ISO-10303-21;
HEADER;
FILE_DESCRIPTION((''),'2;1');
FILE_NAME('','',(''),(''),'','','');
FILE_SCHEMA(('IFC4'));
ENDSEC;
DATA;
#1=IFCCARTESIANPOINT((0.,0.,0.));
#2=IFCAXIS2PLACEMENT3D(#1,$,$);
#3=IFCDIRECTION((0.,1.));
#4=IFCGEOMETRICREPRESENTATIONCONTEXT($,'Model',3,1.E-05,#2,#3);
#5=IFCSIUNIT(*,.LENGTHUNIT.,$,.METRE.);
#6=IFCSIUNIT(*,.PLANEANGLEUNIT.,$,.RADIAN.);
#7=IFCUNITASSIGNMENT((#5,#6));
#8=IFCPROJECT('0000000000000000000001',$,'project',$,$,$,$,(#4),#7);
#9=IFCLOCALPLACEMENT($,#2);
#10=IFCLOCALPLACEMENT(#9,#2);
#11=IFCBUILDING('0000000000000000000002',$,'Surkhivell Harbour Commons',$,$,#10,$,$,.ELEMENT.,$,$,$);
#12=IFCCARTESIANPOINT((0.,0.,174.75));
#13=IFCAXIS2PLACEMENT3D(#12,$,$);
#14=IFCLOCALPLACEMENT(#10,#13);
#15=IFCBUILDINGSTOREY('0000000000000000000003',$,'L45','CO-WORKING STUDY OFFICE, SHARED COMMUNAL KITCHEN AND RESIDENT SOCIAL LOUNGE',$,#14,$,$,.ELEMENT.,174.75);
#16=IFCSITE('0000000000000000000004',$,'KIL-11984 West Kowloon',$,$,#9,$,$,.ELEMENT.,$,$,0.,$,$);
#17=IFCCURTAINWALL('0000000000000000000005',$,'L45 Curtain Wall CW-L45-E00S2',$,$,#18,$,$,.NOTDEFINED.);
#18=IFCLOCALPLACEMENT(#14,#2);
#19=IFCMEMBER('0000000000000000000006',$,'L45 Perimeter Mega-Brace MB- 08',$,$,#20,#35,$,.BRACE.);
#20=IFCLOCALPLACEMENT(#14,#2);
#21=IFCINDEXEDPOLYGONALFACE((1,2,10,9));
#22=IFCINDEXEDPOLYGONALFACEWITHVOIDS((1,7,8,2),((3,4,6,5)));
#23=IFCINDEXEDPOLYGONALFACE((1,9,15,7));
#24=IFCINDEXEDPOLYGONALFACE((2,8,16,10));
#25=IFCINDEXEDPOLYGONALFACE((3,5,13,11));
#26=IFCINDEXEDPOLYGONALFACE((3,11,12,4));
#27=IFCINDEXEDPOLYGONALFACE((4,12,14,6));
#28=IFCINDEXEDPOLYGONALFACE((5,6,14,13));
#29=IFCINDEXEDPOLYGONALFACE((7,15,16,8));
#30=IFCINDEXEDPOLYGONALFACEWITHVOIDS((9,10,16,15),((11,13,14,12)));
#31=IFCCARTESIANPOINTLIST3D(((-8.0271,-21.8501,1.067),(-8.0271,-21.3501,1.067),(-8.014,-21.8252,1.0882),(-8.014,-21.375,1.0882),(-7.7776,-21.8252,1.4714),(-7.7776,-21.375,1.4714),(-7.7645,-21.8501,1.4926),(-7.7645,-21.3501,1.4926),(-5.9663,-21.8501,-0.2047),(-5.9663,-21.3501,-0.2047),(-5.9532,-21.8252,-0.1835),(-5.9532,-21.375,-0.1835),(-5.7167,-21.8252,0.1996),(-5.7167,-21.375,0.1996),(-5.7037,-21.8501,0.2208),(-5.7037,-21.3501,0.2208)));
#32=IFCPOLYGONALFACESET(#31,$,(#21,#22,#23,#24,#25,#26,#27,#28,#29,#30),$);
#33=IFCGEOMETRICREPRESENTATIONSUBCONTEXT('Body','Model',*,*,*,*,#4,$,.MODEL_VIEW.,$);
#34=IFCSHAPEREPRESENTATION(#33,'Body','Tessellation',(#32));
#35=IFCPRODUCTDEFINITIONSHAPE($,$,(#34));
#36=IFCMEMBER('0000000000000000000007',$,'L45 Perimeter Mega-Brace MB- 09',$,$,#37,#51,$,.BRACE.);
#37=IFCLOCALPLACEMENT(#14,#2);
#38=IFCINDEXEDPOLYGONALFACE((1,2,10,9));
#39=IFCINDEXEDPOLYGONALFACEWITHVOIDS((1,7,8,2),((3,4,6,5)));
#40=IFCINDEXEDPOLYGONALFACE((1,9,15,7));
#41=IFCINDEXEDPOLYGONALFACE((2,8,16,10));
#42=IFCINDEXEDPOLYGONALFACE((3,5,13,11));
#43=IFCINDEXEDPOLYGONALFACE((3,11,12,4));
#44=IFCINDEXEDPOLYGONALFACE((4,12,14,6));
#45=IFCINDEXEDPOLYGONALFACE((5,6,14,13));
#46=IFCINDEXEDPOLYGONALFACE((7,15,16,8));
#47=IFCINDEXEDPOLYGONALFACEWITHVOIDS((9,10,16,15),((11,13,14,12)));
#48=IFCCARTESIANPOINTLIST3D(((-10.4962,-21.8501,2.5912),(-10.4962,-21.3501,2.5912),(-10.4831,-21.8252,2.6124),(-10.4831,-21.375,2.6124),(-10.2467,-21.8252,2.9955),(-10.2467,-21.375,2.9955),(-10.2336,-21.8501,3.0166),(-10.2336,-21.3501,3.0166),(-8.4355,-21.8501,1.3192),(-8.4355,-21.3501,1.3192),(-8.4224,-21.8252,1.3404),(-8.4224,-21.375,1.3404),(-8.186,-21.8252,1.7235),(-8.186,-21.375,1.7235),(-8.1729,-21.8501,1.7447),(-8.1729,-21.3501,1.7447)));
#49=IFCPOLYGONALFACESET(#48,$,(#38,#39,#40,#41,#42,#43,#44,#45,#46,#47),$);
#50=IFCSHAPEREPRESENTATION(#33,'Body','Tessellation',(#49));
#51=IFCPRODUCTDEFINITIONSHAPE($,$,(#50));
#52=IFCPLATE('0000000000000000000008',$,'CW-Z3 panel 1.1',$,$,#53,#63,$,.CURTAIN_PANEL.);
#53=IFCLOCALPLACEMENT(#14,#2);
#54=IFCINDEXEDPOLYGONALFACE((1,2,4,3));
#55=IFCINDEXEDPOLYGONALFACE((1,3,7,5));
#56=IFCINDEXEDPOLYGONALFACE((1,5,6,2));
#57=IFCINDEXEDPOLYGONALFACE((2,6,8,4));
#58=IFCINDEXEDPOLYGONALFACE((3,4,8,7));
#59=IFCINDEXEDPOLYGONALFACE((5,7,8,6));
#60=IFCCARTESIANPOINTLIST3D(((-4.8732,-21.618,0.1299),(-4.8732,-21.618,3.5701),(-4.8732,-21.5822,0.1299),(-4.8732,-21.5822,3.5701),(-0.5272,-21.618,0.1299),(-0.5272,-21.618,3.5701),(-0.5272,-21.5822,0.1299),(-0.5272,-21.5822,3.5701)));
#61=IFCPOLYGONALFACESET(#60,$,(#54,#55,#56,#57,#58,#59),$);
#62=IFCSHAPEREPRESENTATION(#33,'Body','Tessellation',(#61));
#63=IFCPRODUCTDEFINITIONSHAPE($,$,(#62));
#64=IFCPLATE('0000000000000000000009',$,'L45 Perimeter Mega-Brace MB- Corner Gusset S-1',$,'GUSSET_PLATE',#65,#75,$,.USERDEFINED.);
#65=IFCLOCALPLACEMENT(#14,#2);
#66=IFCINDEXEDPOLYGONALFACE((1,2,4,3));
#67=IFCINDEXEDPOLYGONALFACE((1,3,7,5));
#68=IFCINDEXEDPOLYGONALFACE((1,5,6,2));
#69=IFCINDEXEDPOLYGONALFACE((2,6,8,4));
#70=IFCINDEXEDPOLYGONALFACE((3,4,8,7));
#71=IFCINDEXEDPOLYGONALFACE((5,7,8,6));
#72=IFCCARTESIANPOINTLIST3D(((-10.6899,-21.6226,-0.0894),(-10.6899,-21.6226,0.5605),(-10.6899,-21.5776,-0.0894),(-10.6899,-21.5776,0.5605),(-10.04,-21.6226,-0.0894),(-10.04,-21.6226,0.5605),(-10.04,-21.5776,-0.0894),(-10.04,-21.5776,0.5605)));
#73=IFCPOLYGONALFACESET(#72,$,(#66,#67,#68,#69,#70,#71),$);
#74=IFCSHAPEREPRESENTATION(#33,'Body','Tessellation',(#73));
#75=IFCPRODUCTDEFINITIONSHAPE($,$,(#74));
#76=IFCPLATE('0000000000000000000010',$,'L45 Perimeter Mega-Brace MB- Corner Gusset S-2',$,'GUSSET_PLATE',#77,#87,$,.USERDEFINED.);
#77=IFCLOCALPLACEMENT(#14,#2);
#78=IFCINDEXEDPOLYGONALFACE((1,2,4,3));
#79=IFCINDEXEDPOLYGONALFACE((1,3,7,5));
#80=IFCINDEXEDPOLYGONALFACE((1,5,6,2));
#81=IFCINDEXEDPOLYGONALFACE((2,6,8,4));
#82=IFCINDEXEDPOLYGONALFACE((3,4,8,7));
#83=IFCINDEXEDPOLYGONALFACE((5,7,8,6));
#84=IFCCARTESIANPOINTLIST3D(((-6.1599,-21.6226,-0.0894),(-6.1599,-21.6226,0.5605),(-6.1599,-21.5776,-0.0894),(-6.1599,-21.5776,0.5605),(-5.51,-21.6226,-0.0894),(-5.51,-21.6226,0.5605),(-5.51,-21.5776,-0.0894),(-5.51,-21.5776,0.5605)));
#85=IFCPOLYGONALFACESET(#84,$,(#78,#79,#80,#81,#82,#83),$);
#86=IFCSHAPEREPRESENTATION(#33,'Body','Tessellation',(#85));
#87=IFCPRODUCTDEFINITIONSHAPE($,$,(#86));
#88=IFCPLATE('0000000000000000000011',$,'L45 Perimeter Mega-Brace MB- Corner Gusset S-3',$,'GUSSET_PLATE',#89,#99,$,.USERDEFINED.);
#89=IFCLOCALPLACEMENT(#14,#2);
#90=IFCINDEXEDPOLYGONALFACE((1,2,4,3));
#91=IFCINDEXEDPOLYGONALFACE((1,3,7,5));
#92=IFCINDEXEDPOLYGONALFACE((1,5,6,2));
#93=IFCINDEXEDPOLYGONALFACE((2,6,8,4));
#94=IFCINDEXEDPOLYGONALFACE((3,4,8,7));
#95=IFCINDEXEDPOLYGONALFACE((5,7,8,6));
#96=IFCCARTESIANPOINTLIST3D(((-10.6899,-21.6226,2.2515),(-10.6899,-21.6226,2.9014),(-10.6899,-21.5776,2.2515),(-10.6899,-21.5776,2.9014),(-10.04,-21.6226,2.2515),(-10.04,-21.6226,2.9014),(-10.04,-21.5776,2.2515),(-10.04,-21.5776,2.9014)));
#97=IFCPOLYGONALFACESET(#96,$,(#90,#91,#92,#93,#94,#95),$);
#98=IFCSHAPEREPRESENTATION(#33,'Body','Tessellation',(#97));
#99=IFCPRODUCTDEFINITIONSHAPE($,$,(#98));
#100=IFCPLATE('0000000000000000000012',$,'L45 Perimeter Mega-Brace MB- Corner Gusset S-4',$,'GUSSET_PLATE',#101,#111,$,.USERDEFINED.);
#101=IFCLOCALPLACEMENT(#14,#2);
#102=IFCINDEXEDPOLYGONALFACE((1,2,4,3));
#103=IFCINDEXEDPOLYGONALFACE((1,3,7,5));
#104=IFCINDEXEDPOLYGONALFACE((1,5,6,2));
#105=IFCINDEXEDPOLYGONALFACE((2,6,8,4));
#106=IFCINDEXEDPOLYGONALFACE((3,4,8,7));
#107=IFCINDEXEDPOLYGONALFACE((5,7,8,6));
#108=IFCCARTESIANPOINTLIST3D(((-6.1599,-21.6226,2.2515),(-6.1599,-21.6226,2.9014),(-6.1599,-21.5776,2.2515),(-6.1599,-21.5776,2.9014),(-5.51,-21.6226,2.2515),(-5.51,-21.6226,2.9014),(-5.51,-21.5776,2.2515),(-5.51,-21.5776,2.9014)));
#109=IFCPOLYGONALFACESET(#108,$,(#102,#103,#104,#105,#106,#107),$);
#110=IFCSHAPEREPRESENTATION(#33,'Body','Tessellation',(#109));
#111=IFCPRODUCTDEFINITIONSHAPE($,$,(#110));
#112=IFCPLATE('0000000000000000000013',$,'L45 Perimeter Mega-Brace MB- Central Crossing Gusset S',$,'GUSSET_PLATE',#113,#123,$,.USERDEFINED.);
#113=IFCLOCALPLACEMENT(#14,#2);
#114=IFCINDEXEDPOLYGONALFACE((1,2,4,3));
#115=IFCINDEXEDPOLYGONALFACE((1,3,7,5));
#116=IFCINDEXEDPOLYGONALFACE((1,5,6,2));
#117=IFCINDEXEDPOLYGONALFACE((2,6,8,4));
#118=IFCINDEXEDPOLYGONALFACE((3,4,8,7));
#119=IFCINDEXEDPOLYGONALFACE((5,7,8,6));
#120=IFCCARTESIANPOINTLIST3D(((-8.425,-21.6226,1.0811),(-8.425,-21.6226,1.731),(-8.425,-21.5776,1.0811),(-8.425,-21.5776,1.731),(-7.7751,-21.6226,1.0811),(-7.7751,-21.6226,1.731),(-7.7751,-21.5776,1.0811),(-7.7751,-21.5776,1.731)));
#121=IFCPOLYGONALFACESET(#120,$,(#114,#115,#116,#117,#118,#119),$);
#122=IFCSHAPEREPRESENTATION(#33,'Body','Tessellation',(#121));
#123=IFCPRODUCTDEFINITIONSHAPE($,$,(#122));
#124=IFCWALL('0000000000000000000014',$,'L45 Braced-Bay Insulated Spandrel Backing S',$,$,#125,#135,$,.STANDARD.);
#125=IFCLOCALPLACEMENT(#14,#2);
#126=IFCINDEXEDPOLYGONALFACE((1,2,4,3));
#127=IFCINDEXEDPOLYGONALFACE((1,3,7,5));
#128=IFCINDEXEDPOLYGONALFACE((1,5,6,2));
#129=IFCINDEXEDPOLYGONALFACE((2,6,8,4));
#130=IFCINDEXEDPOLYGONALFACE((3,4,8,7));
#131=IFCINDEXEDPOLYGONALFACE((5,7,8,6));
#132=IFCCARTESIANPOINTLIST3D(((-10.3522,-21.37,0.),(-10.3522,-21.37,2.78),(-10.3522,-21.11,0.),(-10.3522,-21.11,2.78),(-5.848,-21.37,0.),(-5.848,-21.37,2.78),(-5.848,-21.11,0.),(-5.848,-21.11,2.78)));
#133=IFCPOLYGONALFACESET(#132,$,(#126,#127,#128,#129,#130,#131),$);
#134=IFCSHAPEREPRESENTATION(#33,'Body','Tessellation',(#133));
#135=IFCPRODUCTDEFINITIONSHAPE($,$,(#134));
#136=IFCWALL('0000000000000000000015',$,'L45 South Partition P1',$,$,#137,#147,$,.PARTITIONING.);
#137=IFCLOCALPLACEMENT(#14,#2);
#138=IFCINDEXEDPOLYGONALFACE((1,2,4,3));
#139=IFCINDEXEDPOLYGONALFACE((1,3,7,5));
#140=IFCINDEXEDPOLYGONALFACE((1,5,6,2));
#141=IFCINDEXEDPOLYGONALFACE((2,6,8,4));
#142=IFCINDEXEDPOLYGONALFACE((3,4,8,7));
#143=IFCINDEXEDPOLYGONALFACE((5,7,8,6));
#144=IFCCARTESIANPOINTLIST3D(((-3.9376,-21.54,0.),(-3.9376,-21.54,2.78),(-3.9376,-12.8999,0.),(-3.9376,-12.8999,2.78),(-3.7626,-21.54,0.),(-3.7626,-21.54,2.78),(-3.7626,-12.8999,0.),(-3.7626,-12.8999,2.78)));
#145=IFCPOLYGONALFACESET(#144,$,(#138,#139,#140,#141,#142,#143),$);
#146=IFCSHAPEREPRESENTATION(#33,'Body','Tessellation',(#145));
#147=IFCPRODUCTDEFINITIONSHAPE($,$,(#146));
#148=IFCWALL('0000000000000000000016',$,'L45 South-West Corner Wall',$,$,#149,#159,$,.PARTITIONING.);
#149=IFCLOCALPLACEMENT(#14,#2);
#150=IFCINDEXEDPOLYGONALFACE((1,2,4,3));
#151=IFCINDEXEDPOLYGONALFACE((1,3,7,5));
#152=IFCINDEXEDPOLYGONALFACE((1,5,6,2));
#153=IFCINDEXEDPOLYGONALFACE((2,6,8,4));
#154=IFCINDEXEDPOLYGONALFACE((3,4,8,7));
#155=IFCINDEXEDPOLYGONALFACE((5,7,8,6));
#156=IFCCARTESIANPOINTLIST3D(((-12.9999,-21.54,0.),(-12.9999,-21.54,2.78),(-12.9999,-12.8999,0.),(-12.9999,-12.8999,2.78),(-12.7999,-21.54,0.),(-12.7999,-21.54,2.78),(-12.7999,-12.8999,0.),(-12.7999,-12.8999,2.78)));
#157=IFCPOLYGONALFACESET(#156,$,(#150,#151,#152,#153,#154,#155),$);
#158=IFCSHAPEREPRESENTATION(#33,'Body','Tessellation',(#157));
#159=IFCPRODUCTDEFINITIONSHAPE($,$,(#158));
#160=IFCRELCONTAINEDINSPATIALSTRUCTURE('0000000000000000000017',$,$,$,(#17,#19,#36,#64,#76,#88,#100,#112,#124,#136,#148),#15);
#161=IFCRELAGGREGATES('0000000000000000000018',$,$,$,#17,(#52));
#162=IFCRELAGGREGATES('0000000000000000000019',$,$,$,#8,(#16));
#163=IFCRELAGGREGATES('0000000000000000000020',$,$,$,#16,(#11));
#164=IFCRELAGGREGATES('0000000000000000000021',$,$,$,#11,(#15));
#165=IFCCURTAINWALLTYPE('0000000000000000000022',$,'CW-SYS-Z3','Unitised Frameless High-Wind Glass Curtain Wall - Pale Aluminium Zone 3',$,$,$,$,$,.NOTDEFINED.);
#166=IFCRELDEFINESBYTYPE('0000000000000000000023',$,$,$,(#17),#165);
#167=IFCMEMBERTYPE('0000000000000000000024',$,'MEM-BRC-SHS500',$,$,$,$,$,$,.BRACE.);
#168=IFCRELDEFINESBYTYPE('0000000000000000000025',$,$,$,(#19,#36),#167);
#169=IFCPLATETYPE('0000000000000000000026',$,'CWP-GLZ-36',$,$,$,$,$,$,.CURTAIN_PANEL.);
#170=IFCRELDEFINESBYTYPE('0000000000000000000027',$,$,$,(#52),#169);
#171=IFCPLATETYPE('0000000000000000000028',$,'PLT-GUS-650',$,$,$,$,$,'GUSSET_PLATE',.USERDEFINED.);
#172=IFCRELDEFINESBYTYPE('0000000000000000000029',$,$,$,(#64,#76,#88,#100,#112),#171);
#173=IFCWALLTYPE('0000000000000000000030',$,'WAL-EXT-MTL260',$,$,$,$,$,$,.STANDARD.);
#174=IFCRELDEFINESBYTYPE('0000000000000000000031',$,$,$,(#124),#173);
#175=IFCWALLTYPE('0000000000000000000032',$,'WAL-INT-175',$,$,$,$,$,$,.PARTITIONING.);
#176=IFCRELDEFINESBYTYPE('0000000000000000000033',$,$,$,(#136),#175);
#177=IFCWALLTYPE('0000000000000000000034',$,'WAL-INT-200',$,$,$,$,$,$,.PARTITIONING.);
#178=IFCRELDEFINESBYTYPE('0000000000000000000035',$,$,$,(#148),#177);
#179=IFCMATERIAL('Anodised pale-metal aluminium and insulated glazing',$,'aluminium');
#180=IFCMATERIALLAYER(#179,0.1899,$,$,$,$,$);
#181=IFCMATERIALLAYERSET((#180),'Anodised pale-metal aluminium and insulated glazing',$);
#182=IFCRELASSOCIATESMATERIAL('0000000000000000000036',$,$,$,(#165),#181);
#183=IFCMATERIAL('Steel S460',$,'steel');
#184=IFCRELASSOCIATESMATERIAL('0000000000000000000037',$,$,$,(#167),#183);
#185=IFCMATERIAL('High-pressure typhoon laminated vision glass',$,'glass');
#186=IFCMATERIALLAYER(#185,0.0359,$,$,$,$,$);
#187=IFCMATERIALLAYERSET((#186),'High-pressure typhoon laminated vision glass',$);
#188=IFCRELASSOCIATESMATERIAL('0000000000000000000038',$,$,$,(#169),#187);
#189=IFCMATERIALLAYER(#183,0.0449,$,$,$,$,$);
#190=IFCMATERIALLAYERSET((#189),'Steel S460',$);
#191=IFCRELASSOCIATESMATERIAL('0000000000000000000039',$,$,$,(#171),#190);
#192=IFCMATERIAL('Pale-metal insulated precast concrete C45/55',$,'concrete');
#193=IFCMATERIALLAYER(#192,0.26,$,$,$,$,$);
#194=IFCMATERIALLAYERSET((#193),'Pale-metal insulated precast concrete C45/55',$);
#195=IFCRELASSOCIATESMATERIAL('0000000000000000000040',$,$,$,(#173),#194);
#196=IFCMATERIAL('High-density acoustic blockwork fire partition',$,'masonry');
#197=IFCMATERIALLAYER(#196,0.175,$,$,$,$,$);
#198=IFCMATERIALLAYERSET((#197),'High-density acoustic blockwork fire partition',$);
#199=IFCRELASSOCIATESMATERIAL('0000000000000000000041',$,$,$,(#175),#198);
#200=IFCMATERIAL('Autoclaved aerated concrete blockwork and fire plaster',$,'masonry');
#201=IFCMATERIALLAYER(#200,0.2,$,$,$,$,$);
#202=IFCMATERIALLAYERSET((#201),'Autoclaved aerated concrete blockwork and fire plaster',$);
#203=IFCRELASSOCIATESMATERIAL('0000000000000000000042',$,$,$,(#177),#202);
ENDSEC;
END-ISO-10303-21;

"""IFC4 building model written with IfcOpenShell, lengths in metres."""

from ifc_helpers import new_model, si_unit, direction, frame, frame_2d, origin, origin_2d, place, context, subcontext, project, spatial, rectangle, hollow_rectangle, extrude, material, layer, layer_set, material_profile, profile_set, type_object, element, aggregate, save


model = new_model("IFC4")

# Units and contexts
model_context = context("Model", 3, precision=1e-05, world=origin(), true_north=direction((0.0, 1.0)))
body_context = subcontext(model_context, "Body", "Model", "MODEL_VIEW")
ifc_project = project(units=[si_unit("LENGTHUNIT", "METRE"), si_unit("PLANEANGLEUNIT", "RADIAN")], contexts=[model_context])

# Site, building, storey
site_placement = place(None, origin())
site = spatial("IfcSite", under=ifc_project, at=site_placement, Name="KIL-11984 West Kowloon", CompositionType="ELEMENT", RefElevation=0.0)
building_placement = place(site_placement, origin())
building = spatial("IfcBuilding", under=site, at=building_placement, Name="Surkhivell Harbour Commons", CompositionType="ELEMENT")
storey_placement = place(building_placement, frame((0.0, 0.0, 174.75)))
storey = spatial("IfcBuildingStorey", under=building, at=storey_placement, Name="L45", Description="CO-WORKING STUDY OFFICE, SHARED COMMUNAL KITCHEN AND RESIDENT SOCIAL LOUNGE", CompositionType="ELEMENT", Elevation=174.75)

# Shared definitions
ifc_material_1 = material(Name="Anodised pale-metal aluminium and insulated glazing", Category="aluminium")
ifc_layer_1 = layer(ifc_material_1, 0.1899)
ifc_layer_set_1 = layer_set([ifc_layer_1], Name="Anodised pale-metal aluminium and insulated glazing")
curtain_wall_type = type_object("IfcCurtainWallType", Name="CW-SYS-Z3", Description="Unitised Frameless High-Wind Glass Curtain Wall - Pale Aluminium Zone 3", PredefinedType="NOTDEFINED", material=ifc_layer_set_1)

# Curtain wall
curtain_wall_1_placement = place(storey_placement, origin())
curtain_wall_1 = element("IfcCurtainWall", 1, at=curtain_wall_1_placement, inside=storey, type_object=curtain_wall_type, Name="L45 Curtain Wall CW-L45-E00S2", PredefinedType="NOTDEFINED")

# Members
ifc_material_2 = material(Name="Steel S460", Category="steel")
ifc_material_profile_1 = material_profile(ifc_material_2, hollow_rectangle(XDim=0.5, YDim=0.5, WallThickness=0.0249, at=origin_2d()), Name="SHS500x500x25")
ifc_profile_set_1 = profile_set([ifc_material_profile_1], Name="Steel S460")
member_type_1 = type_object("IfcMemberType", Name="MEM-BRC-SHS500", PredefinedType="BRACE", material=ifc_profile_set_1)
for number, where, z_axis, x_axis, name in (
    (2, (-5.835, -21.6001, 0.0081), (-0.851003, 0.0, 0.52516), (0.0, -1.0, 0.0), "L45 Perimeter Mega-Brace MB- 08"),
    (3, (-8.3042, -21.6001, 1.532), (-0.850958, 0.0, 0.525233), (0.0, -1.0, 0.0), "L45 Perimeter Mega-Brace MB- 09"),
):
    element("IfcMember", number, at=place(storey_placement, frame(where, z_axis=z_axis, x_axis=x_axis)), inside=storey, type_object=member_type_1, Name=name, PredefinedType="BRACE", context=body_context, shape_type="SweptSolid", body=[
        extrude(hollow_rectangle(XDim=0.5, YDim=0.5, WallThickness=0.0249, at=origin_2d()), origin(), (0.0, 0.0, 1.0), 2.4216),
    ])

# Plate
ifc_material_3 = material(Name="High-pressure typhoon laminated vision glass", Category="glass")
ifc_layer_2 = layer(ifc_material_3, 0.0359)
ifc_layer_set_2 = layer_set([ifc_layer_2], Name="High-pressure typhoon laminated vision glass")
plate_type_1 = type_object("IfcPlateType", Name="CWP-GLZ-36", PredefinedType="CURTAIN_PANEL", material=ifc_layer_set_2)
plate_placement = place(storey_placement, frame((-4.873, -21.6001, 0.1299), z_axis=(0.0, 0.0, 1.0), x_axis=(1.0, 0.0, 0.0)))
plate = element("IfcPlate", 4, at=plate_placement, type_object=plate_type_1, Name="CW-Z3 panel 1.1", PredefinedType="CURTAIN_PANEL", context=body_context, shape_type="SweptSolid", body=[
    extrude(rectangle(XDim=4.3459, YDim=0.0359, at=frame_2d((2.1729, 0.0))), origin(), (0.0, 0.0, 1.0), 3.4402),
])
aggregate(curtain_wall_1, [plate])

# Plates
ifc_layer_3 = layer(ifc_material_2, 0.0449)
ifc_layer_set_3 = layer_set([ifc_layer_3], Name="Steel S460")
plate_type_2 = type_object("IfcPlateType", Name="PLT-GUS-650", ElementType="GUSSET_PLATE", PredefinedType="USERDEFINED", material=ifc_layer_set_3)
for number, where, z_axis, x_axis, name in (
    (5, (-10.365, -21.6001, -0.0894), (0.0, 0.0, 1.0), (1.0, 0.0, 0.0), "L45 Perimeter Mega-Brace MB- Corner Gusset S-1"),
    (6, (-5.835, -21.6001, -0.0894), (0.0, 0.0, 1.0), (1.0, 0.0, 0.0), "L45 Perimeter Mega-Brace MB- Corner Gusset S-2"),
    (7, (-10.365, -21.6001, 2.2515), (0.0, 0.0, 1.0), (1.0, 0.0, 0.0), "L45 Perimeter Mega-Brace MB- Corner Gusset S-3"),
    (8, (-5.835, -21.6001, 2.2515), (0.0, 0.0, 1.0), (1.0, 0.0, 0.0), "L45 Perimeter Mega-Brace MB- Corner Gusset S-4"),
    (9, (-8.1001, -21.6001, 1.0811), (0.0, 0.0, 1.0), (1.0, 0.0, 0.0), "L45 Perimeter Mega-Brace MB- Central Crossing Gusset S"),
):
    element("IfcPlate", number, at=place(storey_placement, frame(where, z_axis=z_axis, x_axis=x_axis)), inside=storey, type_object=plate_type_2, Name=name, ObjectType="GUSSET_PLATE", PredefinedType="USERDEFINED", context=body_context, shape_type="SweptSolid", body=[
        extrude(rectangle(XDim=0.6499, YDim=0.0449, at=origin_2d()), origin(), (0.0, 0.0, 1.0), 0.6499),
    ])

# Walls
ifc_material_4 = material(Name="Pale-metal insulated precast concrete C45/55", Category="concrete")
ifc_layer_4 = layer(ifc_material_4, 0.26)
ifc_layer_set_4 = layer_set([ifc_layer_4], Name="Pale-metal insulated precast concrete C45/55")
wall_type_1 = type_object("IfcWallType", Name="WAL-EXT-MTL260", PredefinedType="STANDARD", material=ifc_layer_set_4)
wall_1_placement = place(storey_placement, frame((-10.3521, -21.24, 0.0), z_axis=(0.0, 0.0, 1.0), x_axis=(1.0, 0.0, 0.0)))
element("IfcWall", 10, at=wall_1_placement, inside=storey, type_object=wall_type_1, Name="L45 Braced-Bay Insulated Spandrel Backing S", PredefinedType="STANDARD", context=body_context, shape_type="SweptSolid", body=[
    extrude(rectangle(XDim=4.5042, YDim=0.26, at=frame_2d((2.252, 0.0))), origin(), (0.0, 0.0, 1.0), 2.78),
])
ifc_material_5 = material(Name="High-density acoustic blockwork fire partition", Category="masonry")
ifc_layer_5 = layer(ifc_material_5, 0.175)
ifc_layer_set_5 = layer_set([ifc_layer_5], Name="High-density acoustic blockwork fire partition")
wall_type_2 = type_object("IfcWallType", Name="WAL-INT-175", PredefinedType="PARTITIONING", material=ifc_layer_set_5)
wall_2_placement = place(storey_placement, frame((-3.8501, -21.54, 0.0), z_axis=(0.0, 0.0, 1.0), x_axis=(0.0, 1.0, 0.0)))
element("IfcWall", 11, at=wall_2_placement, inside=storey, type_object=wall_type_2, Name="L45 South Partition P1", PredefinedType="PARTITIONING", context=body_context, shape_type="SweptSolid", body=[
    extrude(rectangle(XDim=8.6401, YDim=0.175, at=frame_2d((4.3201, 0.0))), origin(), (0.0, 0.0, 1.0), 2.78),
])
ifc_material_6 = material(Name="Autoclaved aerated concrete blockwork and fire plaster", Category="masonry")
ifc_layer_6 = layer(ifc_material_6, 0.2)
ifc_layer_set_6 = layer_set([ifc_layer_6], Name="Autoclaved aerated concrete blockwork and fire plaster")
wall_type_3 = type_object("IfcWallType", Name="WAL-INT-200", PredefinedType="PARTITIONING", material=ifc_layer_set_6)
wall_3_placement = place(storey_placement, frame((-12.8999, -21.54, 0.0), z_axis=(0.0, 0.0, 1.0), x_axis=(0.0, 1.0, 0.0)))
element("IfcWall", 12, at=wall_3_placement, inside=storey, type_object=wall_type_3, Name="L45 South-West Corner Wall", PredefinedType="PARTITIONING", context=body_context, shape_type="SweptSolid", body=[
    extrude(rectangle(XDim=8.6401, YDim=0.2, at=frame_2d((4.3201, 0.0))), origin(), (0.0, 0.0, 1.0), 2.78),
])

save(model, "model.ifc")
